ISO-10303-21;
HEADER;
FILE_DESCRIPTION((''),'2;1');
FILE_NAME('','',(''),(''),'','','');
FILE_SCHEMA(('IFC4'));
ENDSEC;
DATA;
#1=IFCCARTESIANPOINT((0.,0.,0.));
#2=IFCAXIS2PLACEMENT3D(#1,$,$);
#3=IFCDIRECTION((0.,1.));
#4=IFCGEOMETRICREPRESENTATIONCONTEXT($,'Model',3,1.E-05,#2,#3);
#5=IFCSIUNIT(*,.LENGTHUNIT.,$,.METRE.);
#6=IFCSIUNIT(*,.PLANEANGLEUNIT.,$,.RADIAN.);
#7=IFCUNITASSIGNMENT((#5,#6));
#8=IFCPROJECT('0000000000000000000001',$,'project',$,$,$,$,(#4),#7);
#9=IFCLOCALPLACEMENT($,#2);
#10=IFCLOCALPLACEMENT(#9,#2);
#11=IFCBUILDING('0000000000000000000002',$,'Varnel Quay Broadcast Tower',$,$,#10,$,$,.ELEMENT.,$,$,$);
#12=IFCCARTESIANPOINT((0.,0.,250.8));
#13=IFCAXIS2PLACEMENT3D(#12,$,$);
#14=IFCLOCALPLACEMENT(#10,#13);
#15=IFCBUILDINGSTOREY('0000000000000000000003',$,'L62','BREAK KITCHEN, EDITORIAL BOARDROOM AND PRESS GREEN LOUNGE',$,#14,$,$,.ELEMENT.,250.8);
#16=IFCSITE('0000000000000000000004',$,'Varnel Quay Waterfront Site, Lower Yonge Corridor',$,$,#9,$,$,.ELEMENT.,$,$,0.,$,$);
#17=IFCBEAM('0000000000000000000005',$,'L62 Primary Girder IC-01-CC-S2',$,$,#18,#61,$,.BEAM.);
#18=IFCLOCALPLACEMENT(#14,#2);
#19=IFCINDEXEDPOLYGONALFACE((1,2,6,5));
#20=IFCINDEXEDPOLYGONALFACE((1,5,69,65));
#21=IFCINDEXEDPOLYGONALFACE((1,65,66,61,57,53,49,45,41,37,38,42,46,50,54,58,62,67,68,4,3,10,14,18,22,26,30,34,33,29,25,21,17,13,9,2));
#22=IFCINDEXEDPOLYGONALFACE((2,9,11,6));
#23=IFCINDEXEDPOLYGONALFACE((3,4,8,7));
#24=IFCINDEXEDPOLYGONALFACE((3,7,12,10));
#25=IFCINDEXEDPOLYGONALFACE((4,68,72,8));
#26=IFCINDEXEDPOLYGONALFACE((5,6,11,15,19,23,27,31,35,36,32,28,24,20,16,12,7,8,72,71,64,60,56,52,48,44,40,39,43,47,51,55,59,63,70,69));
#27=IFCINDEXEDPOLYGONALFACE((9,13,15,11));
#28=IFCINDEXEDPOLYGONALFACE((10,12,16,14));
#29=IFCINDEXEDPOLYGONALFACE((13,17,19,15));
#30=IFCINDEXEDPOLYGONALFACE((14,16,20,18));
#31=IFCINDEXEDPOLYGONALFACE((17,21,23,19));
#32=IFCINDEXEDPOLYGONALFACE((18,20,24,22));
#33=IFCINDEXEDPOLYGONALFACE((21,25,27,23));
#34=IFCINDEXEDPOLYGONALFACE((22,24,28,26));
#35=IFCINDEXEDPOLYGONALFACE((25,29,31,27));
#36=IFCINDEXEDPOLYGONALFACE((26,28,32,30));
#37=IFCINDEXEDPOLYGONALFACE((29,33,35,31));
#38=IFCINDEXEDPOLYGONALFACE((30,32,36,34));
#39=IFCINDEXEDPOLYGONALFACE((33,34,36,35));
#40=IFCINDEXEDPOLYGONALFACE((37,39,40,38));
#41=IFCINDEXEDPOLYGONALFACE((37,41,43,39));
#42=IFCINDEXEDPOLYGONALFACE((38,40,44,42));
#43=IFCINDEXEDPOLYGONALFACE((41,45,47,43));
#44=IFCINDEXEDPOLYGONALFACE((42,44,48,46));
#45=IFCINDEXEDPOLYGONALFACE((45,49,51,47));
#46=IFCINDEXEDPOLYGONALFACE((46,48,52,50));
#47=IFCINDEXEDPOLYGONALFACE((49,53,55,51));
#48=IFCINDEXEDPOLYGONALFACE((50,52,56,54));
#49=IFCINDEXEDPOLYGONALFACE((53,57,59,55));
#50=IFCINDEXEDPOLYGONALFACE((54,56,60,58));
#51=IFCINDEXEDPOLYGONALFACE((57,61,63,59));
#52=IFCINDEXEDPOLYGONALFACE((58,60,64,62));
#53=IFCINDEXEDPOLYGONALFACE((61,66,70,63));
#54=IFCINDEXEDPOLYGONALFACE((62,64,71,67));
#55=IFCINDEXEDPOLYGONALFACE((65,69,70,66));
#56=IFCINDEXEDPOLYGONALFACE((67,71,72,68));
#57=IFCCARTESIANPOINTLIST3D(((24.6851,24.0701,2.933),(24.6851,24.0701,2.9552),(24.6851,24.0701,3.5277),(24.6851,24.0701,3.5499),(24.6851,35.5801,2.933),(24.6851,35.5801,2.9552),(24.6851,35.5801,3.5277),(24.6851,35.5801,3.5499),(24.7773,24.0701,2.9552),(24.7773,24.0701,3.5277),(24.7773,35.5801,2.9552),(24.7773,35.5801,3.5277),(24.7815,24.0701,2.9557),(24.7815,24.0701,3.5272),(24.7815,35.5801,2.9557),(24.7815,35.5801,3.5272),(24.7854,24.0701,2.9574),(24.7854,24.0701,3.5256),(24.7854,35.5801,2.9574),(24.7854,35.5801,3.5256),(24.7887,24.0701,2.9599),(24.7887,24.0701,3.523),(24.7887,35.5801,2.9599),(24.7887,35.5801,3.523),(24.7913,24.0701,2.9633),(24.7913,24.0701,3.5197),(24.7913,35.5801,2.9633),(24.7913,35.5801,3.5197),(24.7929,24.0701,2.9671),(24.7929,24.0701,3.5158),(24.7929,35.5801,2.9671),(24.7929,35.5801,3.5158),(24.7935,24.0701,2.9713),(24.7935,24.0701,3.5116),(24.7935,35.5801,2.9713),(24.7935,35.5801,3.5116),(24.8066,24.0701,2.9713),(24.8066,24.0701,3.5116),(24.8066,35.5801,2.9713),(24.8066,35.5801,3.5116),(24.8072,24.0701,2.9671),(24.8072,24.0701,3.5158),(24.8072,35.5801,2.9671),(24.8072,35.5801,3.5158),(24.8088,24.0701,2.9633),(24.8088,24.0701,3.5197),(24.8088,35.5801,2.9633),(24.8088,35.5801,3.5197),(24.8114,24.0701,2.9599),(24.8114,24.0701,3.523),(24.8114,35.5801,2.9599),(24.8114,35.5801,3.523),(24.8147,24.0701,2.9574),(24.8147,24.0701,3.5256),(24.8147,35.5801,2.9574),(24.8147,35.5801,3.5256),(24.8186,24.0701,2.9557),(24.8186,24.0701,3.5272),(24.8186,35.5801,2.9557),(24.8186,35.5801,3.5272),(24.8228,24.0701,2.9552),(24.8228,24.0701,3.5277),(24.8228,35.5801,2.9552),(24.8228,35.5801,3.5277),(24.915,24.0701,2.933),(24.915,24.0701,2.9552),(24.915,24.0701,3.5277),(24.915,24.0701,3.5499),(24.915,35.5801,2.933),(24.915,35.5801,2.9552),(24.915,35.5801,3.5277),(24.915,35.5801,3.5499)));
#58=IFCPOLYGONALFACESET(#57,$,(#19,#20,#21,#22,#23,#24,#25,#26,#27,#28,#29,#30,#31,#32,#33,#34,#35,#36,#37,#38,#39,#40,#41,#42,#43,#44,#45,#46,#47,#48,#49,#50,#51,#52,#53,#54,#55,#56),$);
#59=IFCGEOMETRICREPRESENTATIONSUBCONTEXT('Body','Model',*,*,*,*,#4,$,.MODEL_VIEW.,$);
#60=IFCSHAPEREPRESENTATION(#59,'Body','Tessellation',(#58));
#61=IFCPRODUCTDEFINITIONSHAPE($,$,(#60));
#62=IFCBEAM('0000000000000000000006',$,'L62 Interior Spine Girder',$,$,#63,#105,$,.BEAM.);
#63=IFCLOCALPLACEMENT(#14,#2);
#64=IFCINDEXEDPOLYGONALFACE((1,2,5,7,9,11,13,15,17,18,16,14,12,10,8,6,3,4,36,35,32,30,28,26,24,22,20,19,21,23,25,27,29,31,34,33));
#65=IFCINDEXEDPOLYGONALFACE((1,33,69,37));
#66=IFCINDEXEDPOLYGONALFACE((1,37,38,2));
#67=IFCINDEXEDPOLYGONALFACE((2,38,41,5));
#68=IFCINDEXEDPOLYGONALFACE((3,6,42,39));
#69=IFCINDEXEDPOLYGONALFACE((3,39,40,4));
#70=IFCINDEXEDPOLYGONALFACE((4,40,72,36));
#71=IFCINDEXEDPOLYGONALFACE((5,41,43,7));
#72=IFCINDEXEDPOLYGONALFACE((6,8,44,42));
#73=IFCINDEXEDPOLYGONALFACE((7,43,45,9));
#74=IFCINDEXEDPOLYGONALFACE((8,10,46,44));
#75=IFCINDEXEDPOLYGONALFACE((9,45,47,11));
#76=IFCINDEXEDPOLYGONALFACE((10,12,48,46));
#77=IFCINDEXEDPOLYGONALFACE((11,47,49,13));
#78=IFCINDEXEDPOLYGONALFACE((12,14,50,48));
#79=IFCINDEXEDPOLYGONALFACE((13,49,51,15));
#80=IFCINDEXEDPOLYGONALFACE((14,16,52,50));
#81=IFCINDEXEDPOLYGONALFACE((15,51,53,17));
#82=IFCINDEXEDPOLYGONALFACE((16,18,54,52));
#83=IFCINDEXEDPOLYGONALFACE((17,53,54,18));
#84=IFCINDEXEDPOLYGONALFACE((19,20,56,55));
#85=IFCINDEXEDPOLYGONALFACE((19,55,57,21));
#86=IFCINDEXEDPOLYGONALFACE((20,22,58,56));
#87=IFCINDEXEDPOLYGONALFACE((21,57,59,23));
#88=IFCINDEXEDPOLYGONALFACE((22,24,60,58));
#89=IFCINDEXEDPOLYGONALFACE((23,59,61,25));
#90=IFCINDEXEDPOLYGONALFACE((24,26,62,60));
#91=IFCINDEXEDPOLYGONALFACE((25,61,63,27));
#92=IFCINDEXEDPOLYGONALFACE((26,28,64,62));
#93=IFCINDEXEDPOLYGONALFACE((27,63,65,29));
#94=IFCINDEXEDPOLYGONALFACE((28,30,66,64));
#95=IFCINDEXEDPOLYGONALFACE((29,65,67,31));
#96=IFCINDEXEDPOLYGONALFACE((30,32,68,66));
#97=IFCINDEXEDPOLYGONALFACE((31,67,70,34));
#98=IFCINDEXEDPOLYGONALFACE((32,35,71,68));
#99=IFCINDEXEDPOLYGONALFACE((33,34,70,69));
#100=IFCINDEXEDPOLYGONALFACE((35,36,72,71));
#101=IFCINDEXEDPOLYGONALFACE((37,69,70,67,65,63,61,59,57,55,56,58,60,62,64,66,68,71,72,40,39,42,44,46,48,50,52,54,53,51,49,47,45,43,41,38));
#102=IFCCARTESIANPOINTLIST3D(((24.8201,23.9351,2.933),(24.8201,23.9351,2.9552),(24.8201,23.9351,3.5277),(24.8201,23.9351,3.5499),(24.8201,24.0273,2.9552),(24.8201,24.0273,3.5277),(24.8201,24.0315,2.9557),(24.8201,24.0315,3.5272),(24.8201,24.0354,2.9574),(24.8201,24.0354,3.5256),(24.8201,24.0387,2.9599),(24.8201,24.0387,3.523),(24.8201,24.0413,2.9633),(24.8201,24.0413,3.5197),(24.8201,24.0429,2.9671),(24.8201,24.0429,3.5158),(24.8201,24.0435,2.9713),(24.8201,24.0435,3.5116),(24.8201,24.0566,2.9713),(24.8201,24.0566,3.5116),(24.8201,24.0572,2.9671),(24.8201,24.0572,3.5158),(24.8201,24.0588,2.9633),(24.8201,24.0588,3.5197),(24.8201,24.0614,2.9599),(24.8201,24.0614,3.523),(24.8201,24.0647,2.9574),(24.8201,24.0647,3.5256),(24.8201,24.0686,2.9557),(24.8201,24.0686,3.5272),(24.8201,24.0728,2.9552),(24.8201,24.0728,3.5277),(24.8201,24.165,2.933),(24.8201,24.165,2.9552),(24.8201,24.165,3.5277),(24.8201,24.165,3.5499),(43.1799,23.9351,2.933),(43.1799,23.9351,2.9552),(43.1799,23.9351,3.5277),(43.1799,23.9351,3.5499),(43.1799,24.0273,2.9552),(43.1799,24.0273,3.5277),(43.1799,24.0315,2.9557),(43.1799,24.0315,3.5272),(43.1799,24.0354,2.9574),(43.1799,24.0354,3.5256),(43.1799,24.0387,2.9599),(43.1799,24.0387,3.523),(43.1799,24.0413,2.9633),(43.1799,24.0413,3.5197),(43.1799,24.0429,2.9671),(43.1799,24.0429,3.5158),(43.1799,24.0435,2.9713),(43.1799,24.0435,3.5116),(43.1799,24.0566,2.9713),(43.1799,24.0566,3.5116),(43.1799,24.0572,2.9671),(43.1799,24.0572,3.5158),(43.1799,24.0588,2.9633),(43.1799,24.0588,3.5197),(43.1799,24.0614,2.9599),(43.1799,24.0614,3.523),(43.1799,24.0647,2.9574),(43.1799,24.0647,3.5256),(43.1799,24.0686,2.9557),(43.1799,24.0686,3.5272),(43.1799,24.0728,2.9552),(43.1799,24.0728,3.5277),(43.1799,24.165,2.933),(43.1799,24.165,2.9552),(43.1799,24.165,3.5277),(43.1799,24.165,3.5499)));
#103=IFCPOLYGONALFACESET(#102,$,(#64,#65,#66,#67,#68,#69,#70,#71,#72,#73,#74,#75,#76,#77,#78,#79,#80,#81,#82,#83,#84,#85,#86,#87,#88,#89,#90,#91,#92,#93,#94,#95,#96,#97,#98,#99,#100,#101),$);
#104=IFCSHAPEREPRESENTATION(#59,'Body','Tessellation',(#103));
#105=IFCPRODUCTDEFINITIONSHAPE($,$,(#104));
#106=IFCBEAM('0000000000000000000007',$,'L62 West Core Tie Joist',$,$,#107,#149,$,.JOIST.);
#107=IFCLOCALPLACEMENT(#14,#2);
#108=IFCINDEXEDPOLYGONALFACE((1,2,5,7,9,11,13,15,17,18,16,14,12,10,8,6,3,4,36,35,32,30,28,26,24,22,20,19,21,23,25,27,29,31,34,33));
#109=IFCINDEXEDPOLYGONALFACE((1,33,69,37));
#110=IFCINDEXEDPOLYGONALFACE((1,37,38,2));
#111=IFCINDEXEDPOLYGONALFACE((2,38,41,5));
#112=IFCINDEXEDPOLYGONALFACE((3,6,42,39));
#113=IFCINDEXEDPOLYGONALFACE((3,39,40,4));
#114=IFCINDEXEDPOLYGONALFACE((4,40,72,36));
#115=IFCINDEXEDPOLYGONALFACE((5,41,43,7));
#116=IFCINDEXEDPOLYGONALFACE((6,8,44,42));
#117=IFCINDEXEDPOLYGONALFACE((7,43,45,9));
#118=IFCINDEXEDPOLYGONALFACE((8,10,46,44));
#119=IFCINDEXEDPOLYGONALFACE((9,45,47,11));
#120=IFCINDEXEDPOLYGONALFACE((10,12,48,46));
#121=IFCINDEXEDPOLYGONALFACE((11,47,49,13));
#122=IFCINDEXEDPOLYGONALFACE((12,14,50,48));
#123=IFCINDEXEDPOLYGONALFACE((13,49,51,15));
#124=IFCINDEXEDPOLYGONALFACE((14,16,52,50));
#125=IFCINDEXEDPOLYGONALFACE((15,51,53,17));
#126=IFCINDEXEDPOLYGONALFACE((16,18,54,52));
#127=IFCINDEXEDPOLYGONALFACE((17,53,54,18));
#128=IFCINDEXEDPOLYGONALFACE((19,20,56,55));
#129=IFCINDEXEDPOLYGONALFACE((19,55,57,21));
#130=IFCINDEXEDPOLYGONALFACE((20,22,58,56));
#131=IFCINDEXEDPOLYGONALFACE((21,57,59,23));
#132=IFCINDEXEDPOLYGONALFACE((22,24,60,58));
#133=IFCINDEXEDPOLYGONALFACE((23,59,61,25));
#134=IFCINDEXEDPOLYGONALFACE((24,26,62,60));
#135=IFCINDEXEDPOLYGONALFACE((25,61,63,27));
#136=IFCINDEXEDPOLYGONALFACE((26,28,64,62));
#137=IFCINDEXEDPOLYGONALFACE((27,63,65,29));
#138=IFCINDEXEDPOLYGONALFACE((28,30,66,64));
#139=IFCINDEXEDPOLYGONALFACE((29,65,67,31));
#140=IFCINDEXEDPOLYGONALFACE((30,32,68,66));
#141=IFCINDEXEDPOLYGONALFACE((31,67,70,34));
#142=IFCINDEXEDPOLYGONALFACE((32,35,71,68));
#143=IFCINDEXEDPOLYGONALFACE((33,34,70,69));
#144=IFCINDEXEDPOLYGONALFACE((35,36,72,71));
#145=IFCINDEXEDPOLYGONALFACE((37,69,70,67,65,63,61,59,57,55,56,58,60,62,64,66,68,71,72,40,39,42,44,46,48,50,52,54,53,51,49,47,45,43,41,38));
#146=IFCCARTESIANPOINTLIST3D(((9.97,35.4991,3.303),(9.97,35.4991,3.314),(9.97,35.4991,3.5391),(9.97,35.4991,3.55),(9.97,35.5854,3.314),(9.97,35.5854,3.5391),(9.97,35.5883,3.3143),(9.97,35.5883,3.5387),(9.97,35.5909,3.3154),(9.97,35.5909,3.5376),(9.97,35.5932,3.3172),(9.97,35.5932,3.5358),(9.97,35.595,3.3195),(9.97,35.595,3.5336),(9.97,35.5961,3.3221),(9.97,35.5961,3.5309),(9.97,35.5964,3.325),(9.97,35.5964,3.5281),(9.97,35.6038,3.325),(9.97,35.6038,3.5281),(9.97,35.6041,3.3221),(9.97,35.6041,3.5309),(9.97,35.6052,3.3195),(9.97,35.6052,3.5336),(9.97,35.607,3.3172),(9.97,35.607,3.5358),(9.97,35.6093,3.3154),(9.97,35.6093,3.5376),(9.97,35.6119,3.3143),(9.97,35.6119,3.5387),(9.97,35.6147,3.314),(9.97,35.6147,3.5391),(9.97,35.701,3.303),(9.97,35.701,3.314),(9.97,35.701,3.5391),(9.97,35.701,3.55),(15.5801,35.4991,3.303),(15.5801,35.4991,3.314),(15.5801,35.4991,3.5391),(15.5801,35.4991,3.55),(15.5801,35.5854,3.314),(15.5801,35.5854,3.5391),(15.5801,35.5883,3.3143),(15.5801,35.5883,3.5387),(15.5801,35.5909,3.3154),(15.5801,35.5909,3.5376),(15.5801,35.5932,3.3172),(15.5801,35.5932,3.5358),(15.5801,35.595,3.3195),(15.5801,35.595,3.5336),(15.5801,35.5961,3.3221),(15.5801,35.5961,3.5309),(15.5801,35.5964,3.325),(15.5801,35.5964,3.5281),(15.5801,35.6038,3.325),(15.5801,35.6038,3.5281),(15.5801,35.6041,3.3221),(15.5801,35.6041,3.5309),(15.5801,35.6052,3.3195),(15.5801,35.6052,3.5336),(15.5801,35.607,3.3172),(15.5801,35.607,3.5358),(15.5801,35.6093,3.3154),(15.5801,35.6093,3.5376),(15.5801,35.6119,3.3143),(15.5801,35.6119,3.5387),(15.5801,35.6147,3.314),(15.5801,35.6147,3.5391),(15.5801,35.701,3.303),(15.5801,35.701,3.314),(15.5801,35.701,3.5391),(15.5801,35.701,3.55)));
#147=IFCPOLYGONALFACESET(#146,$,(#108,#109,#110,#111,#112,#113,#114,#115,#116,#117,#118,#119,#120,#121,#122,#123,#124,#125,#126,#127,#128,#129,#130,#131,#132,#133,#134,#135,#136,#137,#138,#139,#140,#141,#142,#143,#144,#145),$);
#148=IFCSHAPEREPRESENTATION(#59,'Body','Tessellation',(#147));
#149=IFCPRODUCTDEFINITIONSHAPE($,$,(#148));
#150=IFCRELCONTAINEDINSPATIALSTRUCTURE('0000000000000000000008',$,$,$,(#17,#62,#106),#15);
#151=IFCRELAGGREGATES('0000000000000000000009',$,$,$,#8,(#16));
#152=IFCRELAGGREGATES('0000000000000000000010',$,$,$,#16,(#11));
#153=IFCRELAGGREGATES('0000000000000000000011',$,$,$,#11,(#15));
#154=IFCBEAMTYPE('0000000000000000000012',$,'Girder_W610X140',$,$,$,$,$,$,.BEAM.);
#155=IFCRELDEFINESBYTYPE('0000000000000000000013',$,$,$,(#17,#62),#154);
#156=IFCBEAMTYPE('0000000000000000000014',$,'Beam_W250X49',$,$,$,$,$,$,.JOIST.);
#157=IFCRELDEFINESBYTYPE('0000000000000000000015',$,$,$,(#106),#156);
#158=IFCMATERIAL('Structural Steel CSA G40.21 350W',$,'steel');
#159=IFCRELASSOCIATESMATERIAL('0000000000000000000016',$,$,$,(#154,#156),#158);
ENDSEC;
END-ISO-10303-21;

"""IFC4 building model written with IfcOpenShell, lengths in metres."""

from ifc_helpers import new_model, si_unit, direction, frame, origin, origin_2d, place, context, subcontext, project, spatial, i_section, extrude, source, transform, mapped, material, material_profile, profile_set, type_object, type_shapes, element, save


model = new_model("IFC4")

# Units and contexts
model_context = context("Model", 3, precision=1e-05, world=origin(), true_north=direction((0.0, 1.0)))
body_context = subcontext(model_context, "Body", "Model", "MODEL_VIEW")
ifc_project = project(units=[si_unit("LENGTHUNIT", "METRE"), si_unit("PLANEANGLEUNIT", "RADIAN")], contexts=[model_context])

# Site, building, storey
site_placement = place(None, origin())
site = spatial("IfcSite", under=ifc_project, at=site_placement, Name="Varnel Quay Waterfront Site, Lower Yonge Corridor", CompositionType="ELEMENT", RefElevation=0.0)
building_placement = place(site_placement, origin())
building = spatial("IfcBuilding", under=site, at=building_placement, Name="Varnel Quay Broadcast Tower", CompositionType="ELEMENT")
storey_placement = place(building_placement, frame((0.0, 0.0, 250.8)))
storey = spatial("IfcBuildingStorey", under=building, at=storey_placement, Name="L62", Description="BREAK KITCHEN, EDITORIAL BOARDROOM AND PRESS GREEN LOUNGE", CompositionType="ELEMENT", Elevation=250.8)

# Shared definitions
ifc_material_1 = material(Name="Structural Steel CSA G40.21 350W", Category="steel")

# Beams
ifc_material_profile_1 = material_profile(ifc_material_1, i_section(OverallWidth=0.23, OverallDepth=0.6169, WebThickness=0.0132, FlangeThickness=0.0222, FilletRadius=0.0161, at=origin_2d()), Name="W610X140")
ifc_profile_set_1 = profile_set([ifc_material_profile_1], Name="Structural Steel CSA G40.21 350W")
beam_type_1 = type_object("IfcBeamType", Name="Girder_W610X140", PredefinedType="BEAM", material=ifc_profile_set_1)
shared_shape_1 = source(origin(), body_context, "Body", "SweptSolid", [
    extrude(i_section(OverallWidth=0.23, OverallDepth=0.6169, WebThickness=0.0132, FlangeThickness=0.0222, FilletRadius=0.0161, at=origin_2d()), origin(), (0.0, 0.0, 1.0), 11.51),
])
beam_1_placement = place(storey_placement, frame((24.8, 24.0701, 3.2415), z_axis=(0.0, 1.0, 0.0), x_axis=(-1.0, 0.0, 0.0)))
element("IfcBeam", 1, at=beam_1_placement, inside=storey, type_object=beam_type_1, Name="L62 Primary Girder IC-01-CC-S2", PredefinedType="BEAM", context=body_context, shape_type="MappedRepresentation", body=[
    mapped(shared_shape_1, transform((0.0, 0.0, 0.0), x_axis=(1.0, 0.0, 0.0), y_axis=(0.0, 1.0, 0.0), z_axis=(0.0, 0.0, 1.0), scale=1.0)),
])
shared_shape_2 = source(origin(), body_context, "Body", "SweptSolid", [
    extrude(i_section(OverallWidth=0.23, OverallDepth=0.6169, WebThickness=0.0132, FlangeThickness=0.0222, FilletRadius=0.0161, at=origin_2d()), origin(), (0.0, 0.0, 1.0), 18.3599),
])
type_shapes(beam_type_1, [shared_shape_1, shared_shape_2])
beam_2_placement = place(storey_placement, frame((24.8201, 24.05, 3.2415), z_axis=(1.0, 0.0, 0.0), x_axis=(0.0, 1.0, 0.0)))
element("IfcBeam", 2, at=beam_2_placement, inside=storey, type_object=beam_type_1, Name="L62 Interior Spine Girder", PredefinedType="BEAM", context=body_context, shape_type="MappedRepresentation", body=[
    mapped(shared_shape_2, transform((0.0, 0.0, 0.0), x_axis=(1.0, 0.0, 0.0), y_axis=(0.0, 1.0, 0.0), z_axis=(0.0, 0.0, 1.0), scale=1.0)),
])
ifc_material_profile_2 = material_profile(ifc_material_1, i_section(OverallWidth=0.2019, OverallDepth=0.2471, WebThickness=0.0073, FlangeThickness=0.011, FilletRadius=0.011, at=origin_2d()), Name="W250X49")
ifc_profile_set_2 = profile_set([ifc_material_profile_2], Name="Structural Steel CSA G40.21 350W")
beam_type_2 = type_object("IfcBeamType", Name="Beam_W250X49", PredefinedType="JOIST", material=ifc_profile_set_2)
shared_shape_3 = source(origin(), body_context, "Body", "SweptSolid", [
    extrude(i_section(OverallWidth=0.2019, OverallDepth=0.2471, WebThickness=0.0073, FlangeThickness=0.011, FilletRadius=0.011, at=origin_2d()), origin(), (0.0, 0.0, 1.0), 5.6101),
])
beam_3_placement = place(storey_placement, frame((9.97, 35.6001, 3.4265), z_axis=(1.0, 0.0, 0.0), x_axis=(0.0, 1.0, 0.0)))
element("IfcBeam", 3, at=beam_3_placement, inside=storey, type_object=beam_type_2, Name="L62 West Core Tie Joist", PredefinedType="JOIST", context=body_context, shape_type="MappedRepresentation", body=[
    mapped(shared_shape_3, transform((0.0, 0.0, 0.0), x_axis=(1.0, 0.0, 0.0), y_axis=(0.0, 1.0, 0.0), z_axis=(0.0, 0.0, 1.0), scale=1.0)),
])

save(model, "model.ifc")
